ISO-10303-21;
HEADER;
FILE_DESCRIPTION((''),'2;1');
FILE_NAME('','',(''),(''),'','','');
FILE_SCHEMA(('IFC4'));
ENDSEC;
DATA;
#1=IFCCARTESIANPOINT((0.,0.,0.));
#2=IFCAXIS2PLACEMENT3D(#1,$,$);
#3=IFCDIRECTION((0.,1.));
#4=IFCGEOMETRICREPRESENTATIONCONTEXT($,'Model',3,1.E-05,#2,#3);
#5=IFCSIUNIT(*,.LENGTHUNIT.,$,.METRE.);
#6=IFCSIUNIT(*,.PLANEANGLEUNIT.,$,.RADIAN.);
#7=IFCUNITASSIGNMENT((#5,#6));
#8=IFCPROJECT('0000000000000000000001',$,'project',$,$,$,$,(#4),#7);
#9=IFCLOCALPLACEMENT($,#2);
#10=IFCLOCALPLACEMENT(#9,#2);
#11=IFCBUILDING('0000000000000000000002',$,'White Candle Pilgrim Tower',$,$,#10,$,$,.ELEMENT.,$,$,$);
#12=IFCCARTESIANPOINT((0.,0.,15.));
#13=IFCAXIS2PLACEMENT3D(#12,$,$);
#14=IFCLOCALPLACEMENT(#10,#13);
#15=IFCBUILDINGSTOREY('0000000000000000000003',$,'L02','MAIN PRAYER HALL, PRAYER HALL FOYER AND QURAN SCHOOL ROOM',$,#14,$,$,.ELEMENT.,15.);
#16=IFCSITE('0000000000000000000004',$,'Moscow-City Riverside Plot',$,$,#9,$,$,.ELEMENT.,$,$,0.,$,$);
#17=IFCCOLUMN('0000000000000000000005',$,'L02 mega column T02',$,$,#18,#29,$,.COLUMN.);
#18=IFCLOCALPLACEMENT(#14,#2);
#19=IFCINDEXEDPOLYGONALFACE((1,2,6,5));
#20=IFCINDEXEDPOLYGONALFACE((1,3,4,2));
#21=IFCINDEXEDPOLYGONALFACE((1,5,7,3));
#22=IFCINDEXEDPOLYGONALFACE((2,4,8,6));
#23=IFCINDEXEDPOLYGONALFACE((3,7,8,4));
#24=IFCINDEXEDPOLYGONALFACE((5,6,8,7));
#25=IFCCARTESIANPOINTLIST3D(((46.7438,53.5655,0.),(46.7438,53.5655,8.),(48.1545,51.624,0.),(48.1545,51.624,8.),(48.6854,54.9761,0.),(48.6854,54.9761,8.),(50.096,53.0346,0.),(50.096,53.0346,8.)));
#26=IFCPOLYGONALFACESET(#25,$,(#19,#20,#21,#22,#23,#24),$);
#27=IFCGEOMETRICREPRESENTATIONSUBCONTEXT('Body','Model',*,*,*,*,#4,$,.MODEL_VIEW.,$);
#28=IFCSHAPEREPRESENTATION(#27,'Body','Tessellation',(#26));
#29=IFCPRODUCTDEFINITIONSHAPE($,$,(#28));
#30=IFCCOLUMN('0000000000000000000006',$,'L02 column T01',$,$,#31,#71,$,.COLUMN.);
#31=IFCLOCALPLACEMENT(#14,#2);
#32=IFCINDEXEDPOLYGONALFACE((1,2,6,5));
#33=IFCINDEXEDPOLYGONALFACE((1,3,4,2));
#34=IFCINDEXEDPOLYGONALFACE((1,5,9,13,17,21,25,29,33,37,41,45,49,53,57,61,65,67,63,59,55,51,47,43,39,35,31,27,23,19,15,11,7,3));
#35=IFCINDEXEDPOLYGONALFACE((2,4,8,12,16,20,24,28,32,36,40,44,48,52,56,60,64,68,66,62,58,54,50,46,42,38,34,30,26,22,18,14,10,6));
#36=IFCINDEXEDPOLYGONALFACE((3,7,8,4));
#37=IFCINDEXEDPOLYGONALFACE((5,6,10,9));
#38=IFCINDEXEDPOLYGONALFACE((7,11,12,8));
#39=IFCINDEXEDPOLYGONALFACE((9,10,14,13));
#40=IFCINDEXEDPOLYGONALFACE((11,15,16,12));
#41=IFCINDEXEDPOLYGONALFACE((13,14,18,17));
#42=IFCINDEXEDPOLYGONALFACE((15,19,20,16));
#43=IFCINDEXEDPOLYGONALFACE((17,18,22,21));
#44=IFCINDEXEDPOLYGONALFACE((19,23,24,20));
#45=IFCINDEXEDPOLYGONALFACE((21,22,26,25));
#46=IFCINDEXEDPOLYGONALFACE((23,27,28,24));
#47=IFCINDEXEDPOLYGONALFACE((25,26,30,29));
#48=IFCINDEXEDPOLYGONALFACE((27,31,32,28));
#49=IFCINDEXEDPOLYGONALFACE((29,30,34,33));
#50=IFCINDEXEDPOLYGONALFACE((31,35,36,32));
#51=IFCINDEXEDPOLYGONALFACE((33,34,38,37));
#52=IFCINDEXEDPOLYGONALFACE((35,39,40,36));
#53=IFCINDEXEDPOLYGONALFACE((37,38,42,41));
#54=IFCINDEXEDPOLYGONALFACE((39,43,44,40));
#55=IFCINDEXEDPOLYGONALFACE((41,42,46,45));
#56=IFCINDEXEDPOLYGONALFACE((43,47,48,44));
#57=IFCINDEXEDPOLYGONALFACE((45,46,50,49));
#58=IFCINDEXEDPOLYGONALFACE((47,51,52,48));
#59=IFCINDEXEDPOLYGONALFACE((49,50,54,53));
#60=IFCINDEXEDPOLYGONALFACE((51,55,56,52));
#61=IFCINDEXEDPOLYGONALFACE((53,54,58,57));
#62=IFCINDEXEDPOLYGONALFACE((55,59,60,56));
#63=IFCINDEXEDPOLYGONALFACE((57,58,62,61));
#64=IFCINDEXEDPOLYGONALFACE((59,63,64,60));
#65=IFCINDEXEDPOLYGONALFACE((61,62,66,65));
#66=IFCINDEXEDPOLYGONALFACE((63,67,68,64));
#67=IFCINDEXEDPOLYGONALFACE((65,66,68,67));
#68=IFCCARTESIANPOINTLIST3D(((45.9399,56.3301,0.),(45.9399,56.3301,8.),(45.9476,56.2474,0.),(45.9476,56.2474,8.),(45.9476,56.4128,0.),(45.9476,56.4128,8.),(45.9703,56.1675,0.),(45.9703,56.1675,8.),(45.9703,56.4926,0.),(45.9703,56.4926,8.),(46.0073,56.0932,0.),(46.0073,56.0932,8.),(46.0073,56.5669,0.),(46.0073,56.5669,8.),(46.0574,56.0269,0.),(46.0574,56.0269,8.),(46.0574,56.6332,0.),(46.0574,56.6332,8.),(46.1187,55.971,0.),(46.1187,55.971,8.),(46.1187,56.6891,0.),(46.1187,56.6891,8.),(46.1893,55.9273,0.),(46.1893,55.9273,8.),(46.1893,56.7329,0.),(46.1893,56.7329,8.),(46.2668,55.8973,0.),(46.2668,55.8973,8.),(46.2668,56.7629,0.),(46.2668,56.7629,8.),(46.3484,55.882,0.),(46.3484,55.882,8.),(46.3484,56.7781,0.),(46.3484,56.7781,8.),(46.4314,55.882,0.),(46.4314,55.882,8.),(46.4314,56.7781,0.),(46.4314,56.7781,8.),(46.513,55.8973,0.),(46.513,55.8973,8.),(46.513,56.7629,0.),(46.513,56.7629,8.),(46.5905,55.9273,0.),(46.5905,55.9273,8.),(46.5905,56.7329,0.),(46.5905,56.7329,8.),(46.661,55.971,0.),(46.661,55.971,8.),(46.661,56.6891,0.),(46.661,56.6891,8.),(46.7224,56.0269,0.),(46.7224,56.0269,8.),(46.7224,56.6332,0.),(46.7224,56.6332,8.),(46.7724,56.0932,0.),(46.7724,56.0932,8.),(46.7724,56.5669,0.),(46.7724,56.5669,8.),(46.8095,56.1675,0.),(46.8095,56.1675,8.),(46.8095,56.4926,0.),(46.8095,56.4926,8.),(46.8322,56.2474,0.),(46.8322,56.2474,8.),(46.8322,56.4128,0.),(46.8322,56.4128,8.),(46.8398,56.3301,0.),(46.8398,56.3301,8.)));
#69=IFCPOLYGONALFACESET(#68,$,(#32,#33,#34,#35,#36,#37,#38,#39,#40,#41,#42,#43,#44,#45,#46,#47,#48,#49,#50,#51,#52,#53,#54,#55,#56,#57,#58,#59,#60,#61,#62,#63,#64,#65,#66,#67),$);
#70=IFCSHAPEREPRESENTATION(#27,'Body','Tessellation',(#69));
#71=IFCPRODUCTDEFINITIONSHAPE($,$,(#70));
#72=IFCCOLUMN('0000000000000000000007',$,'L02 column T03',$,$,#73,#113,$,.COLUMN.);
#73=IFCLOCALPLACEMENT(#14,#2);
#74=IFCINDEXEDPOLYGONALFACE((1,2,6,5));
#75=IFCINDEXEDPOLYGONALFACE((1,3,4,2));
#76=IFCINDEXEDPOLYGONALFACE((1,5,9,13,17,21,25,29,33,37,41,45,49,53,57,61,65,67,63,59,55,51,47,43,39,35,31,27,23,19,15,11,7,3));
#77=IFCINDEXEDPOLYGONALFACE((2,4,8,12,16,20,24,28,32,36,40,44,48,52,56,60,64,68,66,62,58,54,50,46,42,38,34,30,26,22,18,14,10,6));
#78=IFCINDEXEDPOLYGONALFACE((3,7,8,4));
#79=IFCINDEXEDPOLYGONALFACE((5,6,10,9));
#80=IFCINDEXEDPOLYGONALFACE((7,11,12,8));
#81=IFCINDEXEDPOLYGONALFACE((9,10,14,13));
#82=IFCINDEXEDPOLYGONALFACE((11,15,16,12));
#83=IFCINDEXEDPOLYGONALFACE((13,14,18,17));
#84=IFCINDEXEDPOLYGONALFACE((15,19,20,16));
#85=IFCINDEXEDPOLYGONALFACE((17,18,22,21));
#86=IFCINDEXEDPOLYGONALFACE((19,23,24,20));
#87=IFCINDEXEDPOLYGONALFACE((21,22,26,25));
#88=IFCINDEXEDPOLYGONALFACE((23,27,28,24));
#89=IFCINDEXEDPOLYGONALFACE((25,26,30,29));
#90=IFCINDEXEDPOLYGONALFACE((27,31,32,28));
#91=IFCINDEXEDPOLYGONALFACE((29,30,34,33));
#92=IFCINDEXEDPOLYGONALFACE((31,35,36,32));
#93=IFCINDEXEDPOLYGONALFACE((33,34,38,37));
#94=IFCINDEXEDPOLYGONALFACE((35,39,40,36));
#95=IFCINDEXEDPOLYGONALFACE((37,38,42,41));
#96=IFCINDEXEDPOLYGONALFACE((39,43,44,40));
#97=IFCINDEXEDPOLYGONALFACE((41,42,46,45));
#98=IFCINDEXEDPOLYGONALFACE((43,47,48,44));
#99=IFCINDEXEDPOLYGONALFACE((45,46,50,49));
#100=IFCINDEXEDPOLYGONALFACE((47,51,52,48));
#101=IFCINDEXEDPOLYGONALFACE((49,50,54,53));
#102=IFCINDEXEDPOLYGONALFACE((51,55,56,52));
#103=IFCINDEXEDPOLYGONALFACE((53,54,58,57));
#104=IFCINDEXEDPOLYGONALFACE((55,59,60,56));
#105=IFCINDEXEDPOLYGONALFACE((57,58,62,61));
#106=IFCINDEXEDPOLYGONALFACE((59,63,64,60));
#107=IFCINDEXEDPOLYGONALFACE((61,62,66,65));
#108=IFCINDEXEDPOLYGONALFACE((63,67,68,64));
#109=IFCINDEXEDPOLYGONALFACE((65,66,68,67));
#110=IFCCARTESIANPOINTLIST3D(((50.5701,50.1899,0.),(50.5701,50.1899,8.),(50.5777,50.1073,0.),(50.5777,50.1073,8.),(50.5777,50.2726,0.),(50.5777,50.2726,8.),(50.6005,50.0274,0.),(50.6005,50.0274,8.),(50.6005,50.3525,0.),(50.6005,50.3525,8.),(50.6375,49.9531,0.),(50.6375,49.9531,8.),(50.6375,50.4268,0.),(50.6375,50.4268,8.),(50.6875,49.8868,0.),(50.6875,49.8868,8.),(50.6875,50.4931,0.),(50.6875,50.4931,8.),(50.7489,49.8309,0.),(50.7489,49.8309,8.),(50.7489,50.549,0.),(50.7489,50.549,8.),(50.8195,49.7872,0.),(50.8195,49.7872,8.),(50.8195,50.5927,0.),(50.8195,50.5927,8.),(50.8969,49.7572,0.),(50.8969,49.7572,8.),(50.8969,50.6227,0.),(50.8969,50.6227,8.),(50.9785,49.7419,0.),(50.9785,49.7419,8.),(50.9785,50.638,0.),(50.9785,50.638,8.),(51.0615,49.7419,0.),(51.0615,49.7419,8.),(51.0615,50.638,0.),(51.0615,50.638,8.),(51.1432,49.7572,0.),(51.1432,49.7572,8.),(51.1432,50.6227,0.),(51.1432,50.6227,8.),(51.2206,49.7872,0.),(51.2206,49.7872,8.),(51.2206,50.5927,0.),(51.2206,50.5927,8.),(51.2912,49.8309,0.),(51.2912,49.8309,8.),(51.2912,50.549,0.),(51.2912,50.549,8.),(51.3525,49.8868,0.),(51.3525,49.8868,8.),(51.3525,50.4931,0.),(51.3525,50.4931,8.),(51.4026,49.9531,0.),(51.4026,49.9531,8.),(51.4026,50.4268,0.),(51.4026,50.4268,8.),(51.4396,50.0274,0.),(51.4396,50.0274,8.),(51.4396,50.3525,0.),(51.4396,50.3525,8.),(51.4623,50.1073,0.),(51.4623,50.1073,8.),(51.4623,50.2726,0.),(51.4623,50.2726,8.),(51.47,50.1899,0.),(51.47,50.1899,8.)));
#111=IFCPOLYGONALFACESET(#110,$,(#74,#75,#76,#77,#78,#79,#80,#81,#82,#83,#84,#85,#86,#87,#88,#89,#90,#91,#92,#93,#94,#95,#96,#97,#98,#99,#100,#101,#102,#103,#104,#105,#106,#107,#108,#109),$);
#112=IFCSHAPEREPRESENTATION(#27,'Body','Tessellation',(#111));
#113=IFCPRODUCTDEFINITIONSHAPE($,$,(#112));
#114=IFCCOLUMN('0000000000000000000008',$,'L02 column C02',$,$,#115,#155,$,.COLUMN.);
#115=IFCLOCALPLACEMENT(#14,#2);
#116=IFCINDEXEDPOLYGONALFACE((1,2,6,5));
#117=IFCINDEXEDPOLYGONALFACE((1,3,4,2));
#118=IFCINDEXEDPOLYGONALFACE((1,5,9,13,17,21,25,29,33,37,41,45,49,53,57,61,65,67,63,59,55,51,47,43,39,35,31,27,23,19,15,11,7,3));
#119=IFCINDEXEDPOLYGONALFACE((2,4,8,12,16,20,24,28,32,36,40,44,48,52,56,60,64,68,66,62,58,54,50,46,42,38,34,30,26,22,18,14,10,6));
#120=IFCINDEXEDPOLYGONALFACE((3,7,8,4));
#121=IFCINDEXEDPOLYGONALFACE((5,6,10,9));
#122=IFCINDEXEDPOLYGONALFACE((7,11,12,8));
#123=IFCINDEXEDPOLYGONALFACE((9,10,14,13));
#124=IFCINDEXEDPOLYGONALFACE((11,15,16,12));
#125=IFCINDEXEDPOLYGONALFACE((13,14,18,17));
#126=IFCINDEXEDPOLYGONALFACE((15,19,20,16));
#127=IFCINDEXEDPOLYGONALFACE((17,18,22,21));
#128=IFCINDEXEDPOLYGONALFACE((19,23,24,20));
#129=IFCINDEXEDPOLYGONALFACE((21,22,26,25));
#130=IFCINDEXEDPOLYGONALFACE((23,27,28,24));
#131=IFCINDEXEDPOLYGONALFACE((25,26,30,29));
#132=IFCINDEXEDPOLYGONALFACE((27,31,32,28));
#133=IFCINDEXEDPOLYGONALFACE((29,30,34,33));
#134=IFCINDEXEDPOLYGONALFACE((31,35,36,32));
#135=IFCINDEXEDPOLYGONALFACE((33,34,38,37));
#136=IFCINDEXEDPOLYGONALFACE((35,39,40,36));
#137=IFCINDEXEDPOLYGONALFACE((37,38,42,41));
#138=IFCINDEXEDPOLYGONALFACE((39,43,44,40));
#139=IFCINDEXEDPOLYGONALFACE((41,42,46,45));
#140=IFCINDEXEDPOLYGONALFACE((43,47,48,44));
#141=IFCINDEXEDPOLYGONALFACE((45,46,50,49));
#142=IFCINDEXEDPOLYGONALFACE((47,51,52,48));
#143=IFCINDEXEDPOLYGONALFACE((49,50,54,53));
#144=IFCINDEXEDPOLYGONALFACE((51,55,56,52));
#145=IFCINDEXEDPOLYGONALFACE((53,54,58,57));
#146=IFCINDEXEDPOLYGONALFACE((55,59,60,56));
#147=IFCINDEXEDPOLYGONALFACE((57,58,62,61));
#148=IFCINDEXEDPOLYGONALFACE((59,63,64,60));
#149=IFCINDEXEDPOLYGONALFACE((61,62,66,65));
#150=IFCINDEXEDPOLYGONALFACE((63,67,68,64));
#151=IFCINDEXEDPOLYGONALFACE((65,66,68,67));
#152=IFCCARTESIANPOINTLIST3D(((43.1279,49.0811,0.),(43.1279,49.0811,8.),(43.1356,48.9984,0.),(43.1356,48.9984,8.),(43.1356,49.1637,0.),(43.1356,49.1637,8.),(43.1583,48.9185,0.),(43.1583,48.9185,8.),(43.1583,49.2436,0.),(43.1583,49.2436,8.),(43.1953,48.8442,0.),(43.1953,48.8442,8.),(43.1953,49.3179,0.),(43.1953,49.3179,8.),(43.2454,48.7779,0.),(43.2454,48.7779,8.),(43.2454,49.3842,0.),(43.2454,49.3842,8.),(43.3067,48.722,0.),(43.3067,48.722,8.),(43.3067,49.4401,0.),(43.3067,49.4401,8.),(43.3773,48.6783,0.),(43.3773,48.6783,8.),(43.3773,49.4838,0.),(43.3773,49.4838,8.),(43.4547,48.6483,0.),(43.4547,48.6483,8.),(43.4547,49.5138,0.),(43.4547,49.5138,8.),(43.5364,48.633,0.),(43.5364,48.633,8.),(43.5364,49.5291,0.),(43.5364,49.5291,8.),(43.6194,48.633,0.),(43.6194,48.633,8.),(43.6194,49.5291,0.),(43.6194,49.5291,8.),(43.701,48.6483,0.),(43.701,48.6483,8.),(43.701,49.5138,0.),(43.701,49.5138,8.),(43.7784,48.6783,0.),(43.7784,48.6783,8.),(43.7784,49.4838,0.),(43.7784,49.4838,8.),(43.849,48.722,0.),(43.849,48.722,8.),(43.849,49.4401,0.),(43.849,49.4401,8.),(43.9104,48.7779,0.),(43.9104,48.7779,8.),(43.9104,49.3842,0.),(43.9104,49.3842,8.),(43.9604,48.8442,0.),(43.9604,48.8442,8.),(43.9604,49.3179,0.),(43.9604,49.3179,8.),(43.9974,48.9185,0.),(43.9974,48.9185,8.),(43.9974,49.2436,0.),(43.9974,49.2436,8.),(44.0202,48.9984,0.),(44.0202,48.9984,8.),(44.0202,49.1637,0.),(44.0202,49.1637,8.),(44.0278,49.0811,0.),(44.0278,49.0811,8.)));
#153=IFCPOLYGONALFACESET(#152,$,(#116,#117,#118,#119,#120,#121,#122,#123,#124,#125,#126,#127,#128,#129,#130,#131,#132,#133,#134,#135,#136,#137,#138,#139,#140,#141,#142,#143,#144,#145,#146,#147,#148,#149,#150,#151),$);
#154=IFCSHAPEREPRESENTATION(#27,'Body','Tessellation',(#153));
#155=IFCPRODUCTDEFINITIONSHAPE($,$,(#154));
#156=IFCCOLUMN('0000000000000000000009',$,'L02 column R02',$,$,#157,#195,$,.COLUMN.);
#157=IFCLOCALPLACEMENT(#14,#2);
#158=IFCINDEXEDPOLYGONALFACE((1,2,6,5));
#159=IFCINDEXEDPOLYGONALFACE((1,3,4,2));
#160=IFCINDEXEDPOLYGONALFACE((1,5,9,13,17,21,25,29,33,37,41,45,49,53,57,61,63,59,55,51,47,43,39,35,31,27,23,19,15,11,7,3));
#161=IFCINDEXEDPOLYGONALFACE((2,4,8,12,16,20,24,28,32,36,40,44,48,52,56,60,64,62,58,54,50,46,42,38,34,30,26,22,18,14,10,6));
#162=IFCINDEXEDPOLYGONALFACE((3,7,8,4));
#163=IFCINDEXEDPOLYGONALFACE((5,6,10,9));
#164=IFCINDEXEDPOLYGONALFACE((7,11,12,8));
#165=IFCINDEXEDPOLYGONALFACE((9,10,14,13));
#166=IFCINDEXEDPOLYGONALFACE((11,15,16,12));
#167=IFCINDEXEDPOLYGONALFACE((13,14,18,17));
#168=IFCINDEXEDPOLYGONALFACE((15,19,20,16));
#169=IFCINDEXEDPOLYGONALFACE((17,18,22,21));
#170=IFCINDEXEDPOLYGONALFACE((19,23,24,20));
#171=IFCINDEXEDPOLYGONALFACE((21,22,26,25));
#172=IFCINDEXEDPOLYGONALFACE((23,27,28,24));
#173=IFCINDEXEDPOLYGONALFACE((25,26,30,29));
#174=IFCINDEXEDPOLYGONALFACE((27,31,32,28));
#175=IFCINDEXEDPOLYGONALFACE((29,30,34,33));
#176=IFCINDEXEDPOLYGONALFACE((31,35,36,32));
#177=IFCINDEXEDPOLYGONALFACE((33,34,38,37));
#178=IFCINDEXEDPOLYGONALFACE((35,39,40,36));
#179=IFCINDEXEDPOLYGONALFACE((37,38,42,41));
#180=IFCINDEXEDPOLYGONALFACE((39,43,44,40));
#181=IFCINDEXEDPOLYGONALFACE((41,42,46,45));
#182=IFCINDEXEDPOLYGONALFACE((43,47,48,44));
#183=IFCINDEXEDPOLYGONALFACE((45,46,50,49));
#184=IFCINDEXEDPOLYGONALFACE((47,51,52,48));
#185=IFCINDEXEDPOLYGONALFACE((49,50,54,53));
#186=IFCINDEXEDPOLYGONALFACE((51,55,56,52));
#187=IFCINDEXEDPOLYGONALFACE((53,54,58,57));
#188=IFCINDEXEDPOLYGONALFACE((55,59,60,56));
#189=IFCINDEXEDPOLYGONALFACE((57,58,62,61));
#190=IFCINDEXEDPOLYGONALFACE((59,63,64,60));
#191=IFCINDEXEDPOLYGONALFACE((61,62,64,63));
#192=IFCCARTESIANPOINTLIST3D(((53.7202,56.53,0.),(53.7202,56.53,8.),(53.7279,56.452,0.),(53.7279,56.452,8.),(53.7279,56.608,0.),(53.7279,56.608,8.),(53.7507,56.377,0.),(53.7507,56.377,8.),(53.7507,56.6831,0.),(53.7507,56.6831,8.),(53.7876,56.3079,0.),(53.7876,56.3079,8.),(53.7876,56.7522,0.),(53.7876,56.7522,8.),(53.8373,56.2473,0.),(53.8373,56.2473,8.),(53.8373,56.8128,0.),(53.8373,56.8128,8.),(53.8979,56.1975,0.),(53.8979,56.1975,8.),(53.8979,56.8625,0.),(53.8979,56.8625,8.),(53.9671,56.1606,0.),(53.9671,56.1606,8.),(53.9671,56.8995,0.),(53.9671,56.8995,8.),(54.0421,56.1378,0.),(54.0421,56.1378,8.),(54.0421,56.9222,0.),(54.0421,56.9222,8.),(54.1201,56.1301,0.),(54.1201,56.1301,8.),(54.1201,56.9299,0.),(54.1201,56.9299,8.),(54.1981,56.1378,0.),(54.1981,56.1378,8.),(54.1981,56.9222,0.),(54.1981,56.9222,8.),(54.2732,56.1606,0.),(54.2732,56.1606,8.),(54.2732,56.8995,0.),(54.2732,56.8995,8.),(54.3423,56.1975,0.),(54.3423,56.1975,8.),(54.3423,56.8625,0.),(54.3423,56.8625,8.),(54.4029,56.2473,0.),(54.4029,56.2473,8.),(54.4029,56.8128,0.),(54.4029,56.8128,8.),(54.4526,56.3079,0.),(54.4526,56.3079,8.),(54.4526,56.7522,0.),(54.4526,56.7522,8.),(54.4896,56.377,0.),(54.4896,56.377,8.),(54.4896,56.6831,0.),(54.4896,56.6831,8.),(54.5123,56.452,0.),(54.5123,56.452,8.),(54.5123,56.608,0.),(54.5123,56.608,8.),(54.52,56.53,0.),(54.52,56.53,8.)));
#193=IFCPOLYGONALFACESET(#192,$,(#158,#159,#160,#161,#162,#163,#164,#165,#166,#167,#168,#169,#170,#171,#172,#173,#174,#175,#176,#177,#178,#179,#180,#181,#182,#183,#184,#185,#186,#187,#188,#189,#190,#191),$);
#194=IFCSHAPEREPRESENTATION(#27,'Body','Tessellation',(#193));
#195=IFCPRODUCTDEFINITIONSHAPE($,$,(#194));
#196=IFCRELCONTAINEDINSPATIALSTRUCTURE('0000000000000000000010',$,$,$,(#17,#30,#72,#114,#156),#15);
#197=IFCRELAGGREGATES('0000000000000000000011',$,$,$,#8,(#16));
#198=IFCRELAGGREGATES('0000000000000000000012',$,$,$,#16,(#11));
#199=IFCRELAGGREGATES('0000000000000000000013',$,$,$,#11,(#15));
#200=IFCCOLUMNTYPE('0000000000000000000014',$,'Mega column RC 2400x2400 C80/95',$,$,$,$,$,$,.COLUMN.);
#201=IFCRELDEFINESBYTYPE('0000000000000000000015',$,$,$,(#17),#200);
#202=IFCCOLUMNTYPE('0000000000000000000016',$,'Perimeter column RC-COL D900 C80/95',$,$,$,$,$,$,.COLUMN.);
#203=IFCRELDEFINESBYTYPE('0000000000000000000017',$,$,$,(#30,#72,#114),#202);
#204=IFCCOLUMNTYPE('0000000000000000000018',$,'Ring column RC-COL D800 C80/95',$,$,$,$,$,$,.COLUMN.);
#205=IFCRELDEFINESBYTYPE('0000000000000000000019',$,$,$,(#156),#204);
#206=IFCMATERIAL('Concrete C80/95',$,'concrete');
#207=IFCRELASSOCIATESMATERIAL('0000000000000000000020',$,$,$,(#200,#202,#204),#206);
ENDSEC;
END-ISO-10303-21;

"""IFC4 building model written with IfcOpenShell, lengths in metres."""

from ifc_helpers import new_model, si_unit, direction, frame, origin, origin_2d, place, context, subcontext, project, spatial, rectangle, circle, extrude, material, material_profile, profile_set, type_object, element, save


model = new_model("IFC4")

# Units and contexts
model_context = context("Model", 3, precision=1e-05, world=origin(), true_north=direction((0.0, 1.0)))
body_context = subcontext(model_context, "Body", "Model", "MODEL_VIEW")
ifc_project = project(units=[si_unit("LENGTHUNIT", "METRE"), si_unit("PLANEANGLEUNIT", "RADIAN")], contexts=[model_context])

# Site, building, storey
site_placement = place(None, origin())
site = spatial("IfcSite", under=ifc_project, at=site_placement, Name="Moscow-City Riverside Plot", CompositionType="ELEMENT", RefElevation=0.0)
building_placement = place(site_placement, origin())
building = spatial("IfcBuilding", under=site, at=building_placement, Name="White Candle Pilgrim Tower", CompositionType="ELEMENT")
storey_placement = place(building_placement, frame((0.0, 0.0, 15.0)))
storey = spatial("IfcBuildingStorey", under=building, at=storey_placement, Name="L02", Description="MAIN PRAYER HALL, PRAYER HALL FOYER AND QURAN SCHOOL ROOM", CompositionType="ELEMENT", Elevation=15.0)

# Columns
ifc_material_1 = material(Name="Concrete C80/95", Category="concrete")
ifc_material_profile_1 = material_profile(ifc_material_1, rectangle(XDim=2.3999, YDim=2.3999, at=origin_2d()), Name="RC 2400x2400")
ifc_profile_set_1 = profile_set([ifc_material_profile_1], Name="Concrete C80/95")
column_type_1 = type_object("IfcColumnType", Name="Mega column RC 2400x2400 C80/95", PredefinedType="COLUMN", material=ifc_profile_set_1)
column_placement = place(storey_placement, frame((48.4199, 53.3, 0.0), z_axis=(0.0, 0.0, 1.0), x_axis=(-0.809017, -0.587785, 0.0)))
element("IfcColumn", 1, at=column_placement, inside=storey, type_object=column_type_1, Name="L02 mega column T02", PredefinedType="COLUMN", context=body_context, shape_type="SweptSolid", body=[
    extrude(rectangle(XDim=2.3999, YDim=2.3999, at=origin_2d()), origin(), (0.0, 0.0, 1.0), 8.0),
])
ifc_material_profile_2 = material_profile(ifc_material_1, circle(Radius=0.45, at=origin_2d()), Name="RC-COL D900")
ifc_profile_set_2 = profile_set([ifc_material_profile_2], Name="Concrete C80/95")
column_type_2 = type_object("IfcColumnType", Name="Perimeter column RC-COL D900 C80/95", PredefinedType="COLUMN", material=ifc_profile_set_2)
for number, where, z_axis, x_axis, name in (
    (2, (46.3899, 56.3301, 0.0), (0.0, 0.0, 1.0), (1.0, 0.0, 0.0), "L02 column T01"),
    (3, (51.02, 50.1899, 0.0), (0.0, 0.0, 1.0), (1.0, 0.0, 0.0), "L02 column T03"),
    (4, (43.5779, 49.0811, 0.0), (0.0, 0.0, 1.0), (1.0, 0.0, 0.0), "L02 column C02"),
):
    element("IfcColumn", number, at=place(storey_placement, frame(where, z_axis=z_axis, x_axis=x_axis)), inside=storey, type_object=column_type_2, Name=name, PredefinedType="COLUMN", context=body_context, shape_type="SweptSolid", body=[
        extrude(circle(Radius=0.45, at=origin_2d()), origin(), (0.0, 0.0, 1.0), 8.0),
    ])
ifc_material_profile_3 = material_profile(ifc_material_1, circle(Radius=0.3999, at=origin_2d()), Name="RC-COL D800")
ifc_profile_set_3 = profile_set([ifc_material_profile_3], Name="Concrete C80/95")
column_type_3 = type_object("IfcColumnType", Name="Ring column RC-COL D800 C80/95", PredefinedType="COLUMN", material=ifc_profile_set_3)
for number, where, z_axis, x_axis, name in (
    (5, (54.1201, 56.53, 0.0), (0.0, 0.0, 1.0), (1.0, 0.0, 0.0), "L02 column R02"),
):
    element("IfcColumn", number, at=place(storey_placement, frame(where, z_axis=z_axis, x_axis=x_axis)), inside=storey, type_object=column_type_3, Name=name, PredefinedType="COLUMN", context=body_context, shape_type="SweptSolid", body=[
        extrude(circle(Radius=0.3999, at=origin_2d()), origin(), (0.0, 0.0, 1.0), 8.0),
    ])

save(model, "model.ifc")
